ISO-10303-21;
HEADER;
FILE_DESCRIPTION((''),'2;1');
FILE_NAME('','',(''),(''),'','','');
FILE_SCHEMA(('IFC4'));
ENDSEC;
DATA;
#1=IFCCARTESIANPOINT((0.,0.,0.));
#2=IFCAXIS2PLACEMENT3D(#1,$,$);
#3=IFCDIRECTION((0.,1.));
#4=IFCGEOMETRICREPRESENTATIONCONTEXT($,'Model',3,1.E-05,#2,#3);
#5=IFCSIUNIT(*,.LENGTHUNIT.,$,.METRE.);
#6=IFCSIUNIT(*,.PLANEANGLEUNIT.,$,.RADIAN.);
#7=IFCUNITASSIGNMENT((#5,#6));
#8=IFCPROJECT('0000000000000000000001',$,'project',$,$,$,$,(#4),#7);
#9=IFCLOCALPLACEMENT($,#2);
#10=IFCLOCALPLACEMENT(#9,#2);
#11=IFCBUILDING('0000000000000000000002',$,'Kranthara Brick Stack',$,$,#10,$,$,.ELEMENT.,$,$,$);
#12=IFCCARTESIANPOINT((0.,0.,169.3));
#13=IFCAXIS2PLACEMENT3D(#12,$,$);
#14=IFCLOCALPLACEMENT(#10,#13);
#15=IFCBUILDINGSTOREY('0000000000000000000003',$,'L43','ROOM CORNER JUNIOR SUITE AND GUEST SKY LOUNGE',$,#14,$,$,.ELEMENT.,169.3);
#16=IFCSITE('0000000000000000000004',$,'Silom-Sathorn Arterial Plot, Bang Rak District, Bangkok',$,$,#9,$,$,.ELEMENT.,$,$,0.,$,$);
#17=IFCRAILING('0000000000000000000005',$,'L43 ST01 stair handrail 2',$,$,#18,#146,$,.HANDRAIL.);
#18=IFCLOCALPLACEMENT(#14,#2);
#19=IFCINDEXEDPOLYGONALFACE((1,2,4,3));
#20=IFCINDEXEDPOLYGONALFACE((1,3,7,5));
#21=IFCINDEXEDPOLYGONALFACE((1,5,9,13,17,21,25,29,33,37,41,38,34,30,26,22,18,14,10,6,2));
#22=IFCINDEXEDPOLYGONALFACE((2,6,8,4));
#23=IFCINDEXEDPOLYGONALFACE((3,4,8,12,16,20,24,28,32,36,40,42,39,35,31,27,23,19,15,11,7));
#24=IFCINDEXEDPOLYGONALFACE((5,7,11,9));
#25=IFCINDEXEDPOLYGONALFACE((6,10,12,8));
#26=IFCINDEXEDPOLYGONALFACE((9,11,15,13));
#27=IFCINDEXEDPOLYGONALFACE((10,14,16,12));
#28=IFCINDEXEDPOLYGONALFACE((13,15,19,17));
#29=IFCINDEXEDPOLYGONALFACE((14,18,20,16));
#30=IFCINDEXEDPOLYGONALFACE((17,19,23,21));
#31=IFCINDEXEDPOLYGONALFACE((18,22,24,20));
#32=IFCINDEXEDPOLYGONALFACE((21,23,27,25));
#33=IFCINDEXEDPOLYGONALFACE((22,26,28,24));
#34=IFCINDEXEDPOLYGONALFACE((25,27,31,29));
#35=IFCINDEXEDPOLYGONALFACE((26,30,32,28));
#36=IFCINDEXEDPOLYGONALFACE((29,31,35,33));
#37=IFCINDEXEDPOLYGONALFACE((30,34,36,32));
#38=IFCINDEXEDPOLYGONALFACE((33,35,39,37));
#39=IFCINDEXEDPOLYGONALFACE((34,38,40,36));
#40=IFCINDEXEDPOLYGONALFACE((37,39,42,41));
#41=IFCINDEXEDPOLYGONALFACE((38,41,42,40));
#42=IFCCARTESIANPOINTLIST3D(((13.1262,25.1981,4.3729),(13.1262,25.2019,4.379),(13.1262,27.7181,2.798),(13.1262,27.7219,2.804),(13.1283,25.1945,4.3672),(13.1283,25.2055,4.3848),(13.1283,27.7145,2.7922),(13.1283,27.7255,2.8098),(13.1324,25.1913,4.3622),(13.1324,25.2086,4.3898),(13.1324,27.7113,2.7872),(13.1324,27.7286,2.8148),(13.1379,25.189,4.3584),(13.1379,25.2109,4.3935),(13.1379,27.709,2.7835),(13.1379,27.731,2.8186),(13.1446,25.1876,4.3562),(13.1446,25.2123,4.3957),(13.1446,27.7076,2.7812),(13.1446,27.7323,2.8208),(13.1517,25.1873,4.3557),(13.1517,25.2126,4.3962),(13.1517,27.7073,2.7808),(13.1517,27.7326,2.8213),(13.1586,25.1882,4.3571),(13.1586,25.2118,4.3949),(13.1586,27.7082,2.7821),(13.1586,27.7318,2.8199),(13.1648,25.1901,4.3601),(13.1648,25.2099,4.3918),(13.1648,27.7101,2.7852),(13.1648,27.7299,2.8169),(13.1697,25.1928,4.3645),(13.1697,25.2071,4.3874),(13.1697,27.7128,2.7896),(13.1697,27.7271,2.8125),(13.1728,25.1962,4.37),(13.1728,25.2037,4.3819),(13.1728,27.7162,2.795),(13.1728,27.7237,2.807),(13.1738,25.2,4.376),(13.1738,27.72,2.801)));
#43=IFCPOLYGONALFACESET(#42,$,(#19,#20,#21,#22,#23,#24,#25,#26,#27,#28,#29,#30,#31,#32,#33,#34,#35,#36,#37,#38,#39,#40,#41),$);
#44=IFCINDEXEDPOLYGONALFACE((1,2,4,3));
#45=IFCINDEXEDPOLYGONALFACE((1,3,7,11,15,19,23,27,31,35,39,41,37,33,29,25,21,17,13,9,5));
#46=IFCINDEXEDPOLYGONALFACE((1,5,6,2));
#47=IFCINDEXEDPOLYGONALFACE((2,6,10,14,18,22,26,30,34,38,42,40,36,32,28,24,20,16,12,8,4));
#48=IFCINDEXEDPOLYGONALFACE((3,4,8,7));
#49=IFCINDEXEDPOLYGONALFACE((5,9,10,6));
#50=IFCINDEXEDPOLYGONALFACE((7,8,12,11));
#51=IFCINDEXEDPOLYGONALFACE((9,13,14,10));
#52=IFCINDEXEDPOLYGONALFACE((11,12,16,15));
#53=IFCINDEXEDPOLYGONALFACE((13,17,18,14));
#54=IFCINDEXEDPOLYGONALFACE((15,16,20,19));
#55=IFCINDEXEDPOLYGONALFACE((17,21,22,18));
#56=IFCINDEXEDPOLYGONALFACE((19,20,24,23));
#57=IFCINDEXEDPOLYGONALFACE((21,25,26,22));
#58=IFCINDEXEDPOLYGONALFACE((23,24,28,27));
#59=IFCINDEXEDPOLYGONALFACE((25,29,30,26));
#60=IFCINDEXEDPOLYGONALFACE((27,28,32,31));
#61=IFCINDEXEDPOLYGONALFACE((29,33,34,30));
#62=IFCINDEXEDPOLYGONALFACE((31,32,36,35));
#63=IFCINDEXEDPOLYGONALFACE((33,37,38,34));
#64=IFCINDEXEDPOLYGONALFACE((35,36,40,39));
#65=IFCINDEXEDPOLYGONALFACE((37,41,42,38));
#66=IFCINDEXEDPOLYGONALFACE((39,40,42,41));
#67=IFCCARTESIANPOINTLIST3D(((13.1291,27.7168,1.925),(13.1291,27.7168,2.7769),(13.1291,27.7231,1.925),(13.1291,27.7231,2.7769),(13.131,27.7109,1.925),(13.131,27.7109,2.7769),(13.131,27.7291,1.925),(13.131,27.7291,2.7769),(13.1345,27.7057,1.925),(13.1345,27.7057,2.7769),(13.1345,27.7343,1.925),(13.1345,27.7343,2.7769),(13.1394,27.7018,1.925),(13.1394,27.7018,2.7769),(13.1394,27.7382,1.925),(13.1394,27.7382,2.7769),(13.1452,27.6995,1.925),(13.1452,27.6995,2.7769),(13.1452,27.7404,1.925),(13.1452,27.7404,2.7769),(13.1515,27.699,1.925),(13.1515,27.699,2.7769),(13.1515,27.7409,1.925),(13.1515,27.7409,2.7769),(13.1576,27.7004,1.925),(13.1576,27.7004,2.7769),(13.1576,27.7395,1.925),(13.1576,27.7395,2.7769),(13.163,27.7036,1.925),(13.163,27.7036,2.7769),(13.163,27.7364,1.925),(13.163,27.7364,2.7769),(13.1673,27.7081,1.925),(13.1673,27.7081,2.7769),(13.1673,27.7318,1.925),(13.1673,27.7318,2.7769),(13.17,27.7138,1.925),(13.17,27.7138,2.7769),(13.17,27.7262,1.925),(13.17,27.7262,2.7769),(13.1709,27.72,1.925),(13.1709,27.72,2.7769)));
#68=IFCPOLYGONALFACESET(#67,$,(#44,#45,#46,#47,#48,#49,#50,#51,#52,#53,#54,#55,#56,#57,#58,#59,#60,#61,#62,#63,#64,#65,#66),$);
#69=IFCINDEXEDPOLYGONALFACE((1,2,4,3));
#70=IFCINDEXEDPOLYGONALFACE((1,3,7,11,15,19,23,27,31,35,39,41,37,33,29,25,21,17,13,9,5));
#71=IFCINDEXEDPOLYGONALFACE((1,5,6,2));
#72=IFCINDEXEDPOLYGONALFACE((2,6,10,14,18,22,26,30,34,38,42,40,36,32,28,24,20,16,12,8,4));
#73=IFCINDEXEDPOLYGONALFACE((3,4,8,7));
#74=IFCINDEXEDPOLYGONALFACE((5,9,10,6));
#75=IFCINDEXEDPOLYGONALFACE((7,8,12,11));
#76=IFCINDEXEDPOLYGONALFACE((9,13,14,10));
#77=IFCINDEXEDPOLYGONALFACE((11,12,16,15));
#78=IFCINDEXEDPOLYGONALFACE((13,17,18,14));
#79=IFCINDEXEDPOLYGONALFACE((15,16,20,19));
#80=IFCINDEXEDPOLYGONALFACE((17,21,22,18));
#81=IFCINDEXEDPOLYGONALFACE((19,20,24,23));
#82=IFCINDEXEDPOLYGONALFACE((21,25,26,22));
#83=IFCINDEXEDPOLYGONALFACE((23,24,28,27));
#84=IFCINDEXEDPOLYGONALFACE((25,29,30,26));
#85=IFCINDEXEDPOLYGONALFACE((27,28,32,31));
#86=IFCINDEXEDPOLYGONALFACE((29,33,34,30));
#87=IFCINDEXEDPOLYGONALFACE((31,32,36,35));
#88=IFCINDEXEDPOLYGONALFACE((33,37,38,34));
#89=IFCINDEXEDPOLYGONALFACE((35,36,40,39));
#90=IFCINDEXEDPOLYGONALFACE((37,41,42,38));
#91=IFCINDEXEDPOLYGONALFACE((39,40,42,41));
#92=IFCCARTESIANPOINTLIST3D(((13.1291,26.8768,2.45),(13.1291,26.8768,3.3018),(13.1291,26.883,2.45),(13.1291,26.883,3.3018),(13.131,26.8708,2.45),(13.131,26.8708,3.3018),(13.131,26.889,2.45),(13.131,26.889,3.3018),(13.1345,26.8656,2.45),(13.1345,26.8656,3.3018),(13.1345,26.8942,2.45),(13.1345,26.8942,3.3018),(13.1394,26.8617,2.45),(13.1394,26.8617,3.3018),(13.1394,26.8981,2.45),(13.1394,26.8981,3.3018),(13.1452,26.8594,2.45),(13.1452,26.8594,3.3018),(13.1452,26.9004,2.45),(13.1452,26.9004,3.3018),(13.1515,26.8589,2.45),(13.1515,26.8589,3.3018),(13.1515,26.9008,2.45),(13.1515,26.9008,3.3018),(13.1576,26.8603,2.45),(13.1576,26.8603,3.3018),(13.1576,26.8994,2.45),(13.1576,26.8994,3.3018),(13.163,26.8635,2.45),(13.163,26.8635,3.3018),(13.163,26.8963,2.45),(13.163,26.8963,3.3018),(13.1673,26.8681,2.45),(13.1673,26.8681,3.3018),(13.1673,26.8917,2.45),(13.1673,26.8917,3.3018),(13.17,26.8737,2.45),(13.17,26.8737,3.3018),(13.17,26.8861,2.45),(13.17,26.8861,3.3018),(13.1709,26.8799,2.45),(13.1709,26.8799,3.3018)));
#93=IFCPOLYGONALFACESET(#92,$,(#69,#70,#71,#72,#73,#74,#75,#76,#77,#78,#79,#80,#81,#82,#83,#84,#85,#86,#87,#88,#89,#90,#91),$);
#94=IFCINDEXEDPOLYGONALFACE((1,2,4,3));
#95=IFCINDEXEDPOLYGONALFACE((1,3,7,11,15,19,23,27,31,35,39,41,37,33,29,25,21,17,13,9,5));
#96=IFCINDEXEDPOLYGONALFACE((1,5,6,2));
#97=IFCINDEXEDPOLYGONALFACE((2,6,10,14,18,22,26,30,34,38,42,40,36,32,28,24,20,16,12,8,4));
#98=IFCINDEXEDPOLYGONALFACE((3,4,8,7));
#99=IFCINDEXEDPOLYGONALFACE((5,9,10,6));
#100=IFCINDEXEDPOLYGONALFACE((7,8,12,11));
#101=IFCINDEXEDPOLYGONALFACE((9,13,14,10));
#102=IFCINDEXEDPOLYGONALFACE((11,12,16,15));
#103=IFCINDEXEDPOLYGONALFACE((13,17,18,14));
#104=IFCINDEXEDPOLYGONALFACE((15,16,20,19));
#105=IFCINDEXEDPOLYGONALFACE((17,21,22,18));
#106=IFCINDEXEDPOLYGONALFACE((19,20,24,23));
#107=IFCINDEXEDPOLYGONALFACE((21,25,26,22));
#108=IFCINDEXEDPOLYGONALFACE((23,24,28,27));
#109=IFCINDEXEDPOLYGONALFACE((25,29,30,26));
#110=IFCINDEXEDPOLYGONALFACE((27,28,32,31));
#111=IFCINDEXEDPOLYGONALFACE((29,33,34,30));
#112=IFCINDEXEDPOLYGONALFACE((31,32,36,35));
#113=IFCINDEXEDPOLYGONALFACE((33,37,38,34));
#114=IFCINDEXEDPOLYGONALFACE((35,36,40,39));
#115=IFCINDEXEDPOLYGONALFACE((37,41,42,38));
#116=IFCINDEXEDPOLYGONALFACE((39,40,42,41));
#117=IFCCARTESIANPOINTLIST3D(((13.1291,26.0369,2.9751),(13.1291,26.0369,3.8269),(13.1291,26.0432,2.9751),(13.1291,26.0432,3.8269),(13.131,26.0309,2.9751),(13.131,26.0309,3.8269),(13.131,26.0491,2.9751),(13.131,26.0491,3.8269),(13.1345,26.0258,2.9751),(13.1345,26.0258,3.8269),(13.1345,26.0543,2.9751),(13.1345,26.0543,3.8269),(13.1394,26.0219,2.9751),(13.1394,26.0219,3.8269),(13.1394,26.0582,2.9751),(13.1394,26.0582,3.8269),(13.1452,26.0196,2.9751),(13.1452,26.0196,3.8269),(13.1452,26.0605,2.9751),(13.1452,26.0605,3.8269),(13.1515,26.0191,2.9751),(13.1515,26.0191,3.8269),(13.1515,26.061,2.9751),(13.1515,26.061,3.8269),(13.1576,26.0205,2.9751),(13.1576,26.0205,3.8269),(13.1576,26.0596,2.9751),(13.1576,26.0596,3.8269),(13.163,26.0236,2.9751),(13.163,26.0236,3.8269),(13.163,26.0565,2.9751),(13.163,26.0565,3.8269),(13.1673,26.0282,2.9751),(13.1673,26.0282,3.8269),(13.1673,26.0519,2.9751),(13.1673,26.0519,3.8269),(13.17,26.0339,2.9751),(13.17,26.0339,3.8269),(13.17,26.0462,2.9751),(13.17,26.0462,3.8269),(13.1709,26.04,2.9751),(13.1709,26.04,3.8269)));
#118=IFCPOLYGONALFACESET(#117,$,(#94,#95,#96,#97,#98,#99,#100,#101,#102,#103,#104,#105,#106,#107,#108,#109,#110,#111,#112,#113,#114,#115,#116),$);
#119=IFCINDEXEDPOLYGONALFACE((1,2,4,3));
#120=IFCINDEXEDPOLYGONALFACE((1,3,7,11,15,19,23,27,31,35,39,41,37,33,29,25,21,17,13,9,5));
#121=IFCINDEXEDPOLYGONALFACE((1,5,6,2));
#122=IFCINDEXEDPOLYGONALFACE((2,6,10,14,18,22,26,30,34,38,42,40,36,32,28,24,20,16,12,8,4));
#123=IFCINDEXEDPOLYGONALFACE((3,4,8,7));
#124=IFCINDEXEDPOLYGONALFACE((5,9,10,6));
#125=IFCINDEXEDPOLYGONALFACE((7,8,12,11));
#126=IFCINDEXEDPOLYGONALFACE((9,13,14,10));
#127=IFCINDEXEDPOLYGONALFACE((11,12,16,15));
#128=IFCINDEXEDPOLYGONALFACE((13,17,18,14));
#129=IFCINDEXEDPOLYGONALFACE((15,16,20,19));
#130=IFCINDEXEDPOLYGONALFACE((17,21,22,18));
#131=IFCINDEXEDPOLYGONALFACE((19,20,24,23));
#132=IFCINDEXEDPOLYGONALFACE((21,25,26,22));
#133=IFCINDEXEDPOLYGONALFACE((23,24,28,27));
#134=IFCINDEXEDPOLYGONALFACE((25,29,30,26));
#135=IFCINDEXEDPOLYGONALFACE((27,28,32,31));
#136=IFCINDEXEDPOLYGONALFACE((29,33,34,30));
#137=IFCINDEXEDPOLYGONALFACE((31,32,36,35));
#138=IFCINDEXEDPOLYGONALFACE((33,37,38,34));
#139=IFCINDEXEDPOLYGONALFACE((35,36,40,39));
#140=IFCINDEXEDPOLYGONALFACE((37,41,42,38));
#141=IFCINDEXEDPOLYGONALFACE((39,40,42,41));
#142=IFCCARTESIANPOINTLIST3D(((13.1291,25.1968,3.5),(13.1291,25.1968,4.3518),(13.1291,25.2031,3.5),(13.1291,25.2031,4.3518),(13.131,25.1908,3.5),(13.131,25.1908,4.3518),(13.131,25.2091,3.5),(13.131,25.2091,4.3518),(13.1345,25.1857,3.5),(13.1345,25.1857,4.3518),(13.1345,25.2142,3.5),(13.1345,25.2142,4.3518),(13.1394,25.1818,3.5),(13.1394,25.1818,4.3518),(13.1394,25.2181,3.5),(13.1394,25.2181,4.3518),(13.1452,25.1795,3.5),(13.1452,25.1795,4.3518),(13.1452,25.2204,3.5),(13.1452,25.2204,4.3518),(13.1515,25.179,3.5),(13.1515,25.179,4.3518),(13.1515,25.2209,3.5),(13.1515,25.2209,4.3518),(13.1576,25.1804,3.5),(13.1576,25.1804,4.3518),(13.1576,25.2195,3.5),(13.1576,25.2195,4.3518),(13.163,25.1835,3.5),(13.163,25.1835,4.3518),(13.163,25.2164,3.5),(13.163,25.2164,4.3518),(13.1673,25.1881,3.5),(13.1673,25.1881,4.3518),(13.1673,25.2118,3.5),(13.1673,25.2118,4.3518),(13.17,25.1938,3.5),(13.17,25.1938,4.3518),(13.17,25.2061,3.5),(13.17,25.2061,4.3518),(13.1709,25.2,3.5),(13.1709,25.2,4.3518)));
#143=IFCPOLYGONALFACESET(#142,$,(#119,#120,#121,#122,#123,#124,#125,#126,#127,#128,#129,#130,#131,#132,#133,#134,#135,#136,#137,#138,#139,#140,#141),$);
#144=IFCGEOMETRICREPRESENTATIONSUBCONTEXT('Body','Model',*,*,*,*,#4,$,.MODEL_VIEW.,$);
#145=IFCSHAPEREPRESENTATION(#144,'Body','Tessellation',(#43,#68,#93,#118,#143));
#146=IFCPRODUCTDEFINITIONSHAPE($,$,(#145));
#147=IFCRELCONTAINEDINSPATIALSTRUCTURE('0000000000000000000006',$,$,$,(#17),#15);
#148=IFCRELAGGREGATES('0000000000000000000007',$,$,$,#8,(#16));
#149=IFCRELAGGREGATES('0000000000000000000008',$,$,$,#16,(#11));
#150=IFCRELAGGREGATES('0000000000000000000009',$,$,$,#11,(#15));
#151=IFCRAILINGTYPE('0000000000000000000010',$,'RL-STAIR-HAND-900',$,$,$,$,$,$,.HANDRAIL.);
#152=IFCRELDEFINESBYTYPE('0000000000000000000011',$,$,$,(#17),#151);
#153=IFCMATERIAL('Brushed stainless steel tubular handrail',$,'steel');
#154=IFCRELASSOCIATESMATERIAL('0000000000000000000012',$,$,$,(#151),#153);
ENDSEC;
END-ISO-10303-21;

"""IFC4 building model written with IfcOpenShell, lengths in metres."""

from ifc_helpers import new_model, si_unit, direction, frame, origin, origin_2d, place, context, subcontext, project, spatial, circle, extrude, material, type_object, element, save


model = new_model("IFC4")

# Units and contexts
model_context = context("Model", 3, precision=1e-05, world=origin(), true_north=direction((0.0, 1.0)))
body_context = subcontext(model_context, "Body", "Model", "MODEL_VIEW")
ifc_project = project(units=[si_unit("LENGTHUNIT", "METRE"), si_unit("PLANEANGLEUNIT", "RADIAN")], contexts=[model_context])

# Site, building, storey
site_placement = place(None, origin())
site = spatial("IfcSite", under=ifc_project, at=site_placement, Name="Silom-Sathorn Arterial Plot, Bang Rak District, Bangkok", CompositionType="ELEMENT", RefElevation=0.0)
building_placement = place(site_placement, origin())
building = spatial("IfcBuilding", under=site, at=building_placement, Name="Kranthara Brick Stack", CompositionType="ELEMENT")
storey_placement = place(building_placement, frame((0.0, 0.0, 169.3)))
storey = spatial("IfcBuildingStorey", under=building, at=storey_placement, Name="L43", Description="ROOM CORNER JUNIOR SUITE AND GUEST SKY LOUNGE", CompositionType="ELEMENT", Elevation=169.3)

# Railing
ifc_material_1 = material(Name="Brushed stainless steel tubular handrail", Category="steel")
railing_type_1 = type_object("IfcRailingType", Name="RL-STAIR-HAND-900", PredefinedType="HANDRAIL", material=ifc_material_1)
railing_1_placement = place(storey_placement, frame((13.1499, 27.72, 1.925)))
element("IfcRailing", 1, at=railing_1_placement, inside=storey, type_object=railing_type_1, Name="L43 ST01 stair handrail 2", PredefinedType="HANDRAIL", context=body_context, shape_type="SweptSolid", body=[
    extrude(circle(Radius=0.0239, at=origin_2d()), frame((0.0, 0.0, 0.876), z_axis=(0.0, -0.848008, 0.529984), x_axis=(1.0, 0.0, 0.0)), (0.0, 0.0, 1.0), 2.9717),
    extrude(circle(Radius=0.021, at=origin_2d()), origin(), (0.0, 0.0, 1.0), 0.8518),
    extrude(circle(Radius=0.021, at=origin_2d()), frame((0.0, -0.8401, 0.5249)), (0.0, 0.0, 1.0), 0.8518),
    extrude(circle(Radius=0.021, at=origin_2d()), frame((0.0, -1.6799, 1.05)), (0.0, 0.0, 1.0), 0.8518),
    extrude(circle(Radius=0.021, at=origin_2d()), frame((0.0, -2.52, 1.575)), (0.0, 0.0, 1.0), 0.8518),
])

save(model, "model.ifc")
